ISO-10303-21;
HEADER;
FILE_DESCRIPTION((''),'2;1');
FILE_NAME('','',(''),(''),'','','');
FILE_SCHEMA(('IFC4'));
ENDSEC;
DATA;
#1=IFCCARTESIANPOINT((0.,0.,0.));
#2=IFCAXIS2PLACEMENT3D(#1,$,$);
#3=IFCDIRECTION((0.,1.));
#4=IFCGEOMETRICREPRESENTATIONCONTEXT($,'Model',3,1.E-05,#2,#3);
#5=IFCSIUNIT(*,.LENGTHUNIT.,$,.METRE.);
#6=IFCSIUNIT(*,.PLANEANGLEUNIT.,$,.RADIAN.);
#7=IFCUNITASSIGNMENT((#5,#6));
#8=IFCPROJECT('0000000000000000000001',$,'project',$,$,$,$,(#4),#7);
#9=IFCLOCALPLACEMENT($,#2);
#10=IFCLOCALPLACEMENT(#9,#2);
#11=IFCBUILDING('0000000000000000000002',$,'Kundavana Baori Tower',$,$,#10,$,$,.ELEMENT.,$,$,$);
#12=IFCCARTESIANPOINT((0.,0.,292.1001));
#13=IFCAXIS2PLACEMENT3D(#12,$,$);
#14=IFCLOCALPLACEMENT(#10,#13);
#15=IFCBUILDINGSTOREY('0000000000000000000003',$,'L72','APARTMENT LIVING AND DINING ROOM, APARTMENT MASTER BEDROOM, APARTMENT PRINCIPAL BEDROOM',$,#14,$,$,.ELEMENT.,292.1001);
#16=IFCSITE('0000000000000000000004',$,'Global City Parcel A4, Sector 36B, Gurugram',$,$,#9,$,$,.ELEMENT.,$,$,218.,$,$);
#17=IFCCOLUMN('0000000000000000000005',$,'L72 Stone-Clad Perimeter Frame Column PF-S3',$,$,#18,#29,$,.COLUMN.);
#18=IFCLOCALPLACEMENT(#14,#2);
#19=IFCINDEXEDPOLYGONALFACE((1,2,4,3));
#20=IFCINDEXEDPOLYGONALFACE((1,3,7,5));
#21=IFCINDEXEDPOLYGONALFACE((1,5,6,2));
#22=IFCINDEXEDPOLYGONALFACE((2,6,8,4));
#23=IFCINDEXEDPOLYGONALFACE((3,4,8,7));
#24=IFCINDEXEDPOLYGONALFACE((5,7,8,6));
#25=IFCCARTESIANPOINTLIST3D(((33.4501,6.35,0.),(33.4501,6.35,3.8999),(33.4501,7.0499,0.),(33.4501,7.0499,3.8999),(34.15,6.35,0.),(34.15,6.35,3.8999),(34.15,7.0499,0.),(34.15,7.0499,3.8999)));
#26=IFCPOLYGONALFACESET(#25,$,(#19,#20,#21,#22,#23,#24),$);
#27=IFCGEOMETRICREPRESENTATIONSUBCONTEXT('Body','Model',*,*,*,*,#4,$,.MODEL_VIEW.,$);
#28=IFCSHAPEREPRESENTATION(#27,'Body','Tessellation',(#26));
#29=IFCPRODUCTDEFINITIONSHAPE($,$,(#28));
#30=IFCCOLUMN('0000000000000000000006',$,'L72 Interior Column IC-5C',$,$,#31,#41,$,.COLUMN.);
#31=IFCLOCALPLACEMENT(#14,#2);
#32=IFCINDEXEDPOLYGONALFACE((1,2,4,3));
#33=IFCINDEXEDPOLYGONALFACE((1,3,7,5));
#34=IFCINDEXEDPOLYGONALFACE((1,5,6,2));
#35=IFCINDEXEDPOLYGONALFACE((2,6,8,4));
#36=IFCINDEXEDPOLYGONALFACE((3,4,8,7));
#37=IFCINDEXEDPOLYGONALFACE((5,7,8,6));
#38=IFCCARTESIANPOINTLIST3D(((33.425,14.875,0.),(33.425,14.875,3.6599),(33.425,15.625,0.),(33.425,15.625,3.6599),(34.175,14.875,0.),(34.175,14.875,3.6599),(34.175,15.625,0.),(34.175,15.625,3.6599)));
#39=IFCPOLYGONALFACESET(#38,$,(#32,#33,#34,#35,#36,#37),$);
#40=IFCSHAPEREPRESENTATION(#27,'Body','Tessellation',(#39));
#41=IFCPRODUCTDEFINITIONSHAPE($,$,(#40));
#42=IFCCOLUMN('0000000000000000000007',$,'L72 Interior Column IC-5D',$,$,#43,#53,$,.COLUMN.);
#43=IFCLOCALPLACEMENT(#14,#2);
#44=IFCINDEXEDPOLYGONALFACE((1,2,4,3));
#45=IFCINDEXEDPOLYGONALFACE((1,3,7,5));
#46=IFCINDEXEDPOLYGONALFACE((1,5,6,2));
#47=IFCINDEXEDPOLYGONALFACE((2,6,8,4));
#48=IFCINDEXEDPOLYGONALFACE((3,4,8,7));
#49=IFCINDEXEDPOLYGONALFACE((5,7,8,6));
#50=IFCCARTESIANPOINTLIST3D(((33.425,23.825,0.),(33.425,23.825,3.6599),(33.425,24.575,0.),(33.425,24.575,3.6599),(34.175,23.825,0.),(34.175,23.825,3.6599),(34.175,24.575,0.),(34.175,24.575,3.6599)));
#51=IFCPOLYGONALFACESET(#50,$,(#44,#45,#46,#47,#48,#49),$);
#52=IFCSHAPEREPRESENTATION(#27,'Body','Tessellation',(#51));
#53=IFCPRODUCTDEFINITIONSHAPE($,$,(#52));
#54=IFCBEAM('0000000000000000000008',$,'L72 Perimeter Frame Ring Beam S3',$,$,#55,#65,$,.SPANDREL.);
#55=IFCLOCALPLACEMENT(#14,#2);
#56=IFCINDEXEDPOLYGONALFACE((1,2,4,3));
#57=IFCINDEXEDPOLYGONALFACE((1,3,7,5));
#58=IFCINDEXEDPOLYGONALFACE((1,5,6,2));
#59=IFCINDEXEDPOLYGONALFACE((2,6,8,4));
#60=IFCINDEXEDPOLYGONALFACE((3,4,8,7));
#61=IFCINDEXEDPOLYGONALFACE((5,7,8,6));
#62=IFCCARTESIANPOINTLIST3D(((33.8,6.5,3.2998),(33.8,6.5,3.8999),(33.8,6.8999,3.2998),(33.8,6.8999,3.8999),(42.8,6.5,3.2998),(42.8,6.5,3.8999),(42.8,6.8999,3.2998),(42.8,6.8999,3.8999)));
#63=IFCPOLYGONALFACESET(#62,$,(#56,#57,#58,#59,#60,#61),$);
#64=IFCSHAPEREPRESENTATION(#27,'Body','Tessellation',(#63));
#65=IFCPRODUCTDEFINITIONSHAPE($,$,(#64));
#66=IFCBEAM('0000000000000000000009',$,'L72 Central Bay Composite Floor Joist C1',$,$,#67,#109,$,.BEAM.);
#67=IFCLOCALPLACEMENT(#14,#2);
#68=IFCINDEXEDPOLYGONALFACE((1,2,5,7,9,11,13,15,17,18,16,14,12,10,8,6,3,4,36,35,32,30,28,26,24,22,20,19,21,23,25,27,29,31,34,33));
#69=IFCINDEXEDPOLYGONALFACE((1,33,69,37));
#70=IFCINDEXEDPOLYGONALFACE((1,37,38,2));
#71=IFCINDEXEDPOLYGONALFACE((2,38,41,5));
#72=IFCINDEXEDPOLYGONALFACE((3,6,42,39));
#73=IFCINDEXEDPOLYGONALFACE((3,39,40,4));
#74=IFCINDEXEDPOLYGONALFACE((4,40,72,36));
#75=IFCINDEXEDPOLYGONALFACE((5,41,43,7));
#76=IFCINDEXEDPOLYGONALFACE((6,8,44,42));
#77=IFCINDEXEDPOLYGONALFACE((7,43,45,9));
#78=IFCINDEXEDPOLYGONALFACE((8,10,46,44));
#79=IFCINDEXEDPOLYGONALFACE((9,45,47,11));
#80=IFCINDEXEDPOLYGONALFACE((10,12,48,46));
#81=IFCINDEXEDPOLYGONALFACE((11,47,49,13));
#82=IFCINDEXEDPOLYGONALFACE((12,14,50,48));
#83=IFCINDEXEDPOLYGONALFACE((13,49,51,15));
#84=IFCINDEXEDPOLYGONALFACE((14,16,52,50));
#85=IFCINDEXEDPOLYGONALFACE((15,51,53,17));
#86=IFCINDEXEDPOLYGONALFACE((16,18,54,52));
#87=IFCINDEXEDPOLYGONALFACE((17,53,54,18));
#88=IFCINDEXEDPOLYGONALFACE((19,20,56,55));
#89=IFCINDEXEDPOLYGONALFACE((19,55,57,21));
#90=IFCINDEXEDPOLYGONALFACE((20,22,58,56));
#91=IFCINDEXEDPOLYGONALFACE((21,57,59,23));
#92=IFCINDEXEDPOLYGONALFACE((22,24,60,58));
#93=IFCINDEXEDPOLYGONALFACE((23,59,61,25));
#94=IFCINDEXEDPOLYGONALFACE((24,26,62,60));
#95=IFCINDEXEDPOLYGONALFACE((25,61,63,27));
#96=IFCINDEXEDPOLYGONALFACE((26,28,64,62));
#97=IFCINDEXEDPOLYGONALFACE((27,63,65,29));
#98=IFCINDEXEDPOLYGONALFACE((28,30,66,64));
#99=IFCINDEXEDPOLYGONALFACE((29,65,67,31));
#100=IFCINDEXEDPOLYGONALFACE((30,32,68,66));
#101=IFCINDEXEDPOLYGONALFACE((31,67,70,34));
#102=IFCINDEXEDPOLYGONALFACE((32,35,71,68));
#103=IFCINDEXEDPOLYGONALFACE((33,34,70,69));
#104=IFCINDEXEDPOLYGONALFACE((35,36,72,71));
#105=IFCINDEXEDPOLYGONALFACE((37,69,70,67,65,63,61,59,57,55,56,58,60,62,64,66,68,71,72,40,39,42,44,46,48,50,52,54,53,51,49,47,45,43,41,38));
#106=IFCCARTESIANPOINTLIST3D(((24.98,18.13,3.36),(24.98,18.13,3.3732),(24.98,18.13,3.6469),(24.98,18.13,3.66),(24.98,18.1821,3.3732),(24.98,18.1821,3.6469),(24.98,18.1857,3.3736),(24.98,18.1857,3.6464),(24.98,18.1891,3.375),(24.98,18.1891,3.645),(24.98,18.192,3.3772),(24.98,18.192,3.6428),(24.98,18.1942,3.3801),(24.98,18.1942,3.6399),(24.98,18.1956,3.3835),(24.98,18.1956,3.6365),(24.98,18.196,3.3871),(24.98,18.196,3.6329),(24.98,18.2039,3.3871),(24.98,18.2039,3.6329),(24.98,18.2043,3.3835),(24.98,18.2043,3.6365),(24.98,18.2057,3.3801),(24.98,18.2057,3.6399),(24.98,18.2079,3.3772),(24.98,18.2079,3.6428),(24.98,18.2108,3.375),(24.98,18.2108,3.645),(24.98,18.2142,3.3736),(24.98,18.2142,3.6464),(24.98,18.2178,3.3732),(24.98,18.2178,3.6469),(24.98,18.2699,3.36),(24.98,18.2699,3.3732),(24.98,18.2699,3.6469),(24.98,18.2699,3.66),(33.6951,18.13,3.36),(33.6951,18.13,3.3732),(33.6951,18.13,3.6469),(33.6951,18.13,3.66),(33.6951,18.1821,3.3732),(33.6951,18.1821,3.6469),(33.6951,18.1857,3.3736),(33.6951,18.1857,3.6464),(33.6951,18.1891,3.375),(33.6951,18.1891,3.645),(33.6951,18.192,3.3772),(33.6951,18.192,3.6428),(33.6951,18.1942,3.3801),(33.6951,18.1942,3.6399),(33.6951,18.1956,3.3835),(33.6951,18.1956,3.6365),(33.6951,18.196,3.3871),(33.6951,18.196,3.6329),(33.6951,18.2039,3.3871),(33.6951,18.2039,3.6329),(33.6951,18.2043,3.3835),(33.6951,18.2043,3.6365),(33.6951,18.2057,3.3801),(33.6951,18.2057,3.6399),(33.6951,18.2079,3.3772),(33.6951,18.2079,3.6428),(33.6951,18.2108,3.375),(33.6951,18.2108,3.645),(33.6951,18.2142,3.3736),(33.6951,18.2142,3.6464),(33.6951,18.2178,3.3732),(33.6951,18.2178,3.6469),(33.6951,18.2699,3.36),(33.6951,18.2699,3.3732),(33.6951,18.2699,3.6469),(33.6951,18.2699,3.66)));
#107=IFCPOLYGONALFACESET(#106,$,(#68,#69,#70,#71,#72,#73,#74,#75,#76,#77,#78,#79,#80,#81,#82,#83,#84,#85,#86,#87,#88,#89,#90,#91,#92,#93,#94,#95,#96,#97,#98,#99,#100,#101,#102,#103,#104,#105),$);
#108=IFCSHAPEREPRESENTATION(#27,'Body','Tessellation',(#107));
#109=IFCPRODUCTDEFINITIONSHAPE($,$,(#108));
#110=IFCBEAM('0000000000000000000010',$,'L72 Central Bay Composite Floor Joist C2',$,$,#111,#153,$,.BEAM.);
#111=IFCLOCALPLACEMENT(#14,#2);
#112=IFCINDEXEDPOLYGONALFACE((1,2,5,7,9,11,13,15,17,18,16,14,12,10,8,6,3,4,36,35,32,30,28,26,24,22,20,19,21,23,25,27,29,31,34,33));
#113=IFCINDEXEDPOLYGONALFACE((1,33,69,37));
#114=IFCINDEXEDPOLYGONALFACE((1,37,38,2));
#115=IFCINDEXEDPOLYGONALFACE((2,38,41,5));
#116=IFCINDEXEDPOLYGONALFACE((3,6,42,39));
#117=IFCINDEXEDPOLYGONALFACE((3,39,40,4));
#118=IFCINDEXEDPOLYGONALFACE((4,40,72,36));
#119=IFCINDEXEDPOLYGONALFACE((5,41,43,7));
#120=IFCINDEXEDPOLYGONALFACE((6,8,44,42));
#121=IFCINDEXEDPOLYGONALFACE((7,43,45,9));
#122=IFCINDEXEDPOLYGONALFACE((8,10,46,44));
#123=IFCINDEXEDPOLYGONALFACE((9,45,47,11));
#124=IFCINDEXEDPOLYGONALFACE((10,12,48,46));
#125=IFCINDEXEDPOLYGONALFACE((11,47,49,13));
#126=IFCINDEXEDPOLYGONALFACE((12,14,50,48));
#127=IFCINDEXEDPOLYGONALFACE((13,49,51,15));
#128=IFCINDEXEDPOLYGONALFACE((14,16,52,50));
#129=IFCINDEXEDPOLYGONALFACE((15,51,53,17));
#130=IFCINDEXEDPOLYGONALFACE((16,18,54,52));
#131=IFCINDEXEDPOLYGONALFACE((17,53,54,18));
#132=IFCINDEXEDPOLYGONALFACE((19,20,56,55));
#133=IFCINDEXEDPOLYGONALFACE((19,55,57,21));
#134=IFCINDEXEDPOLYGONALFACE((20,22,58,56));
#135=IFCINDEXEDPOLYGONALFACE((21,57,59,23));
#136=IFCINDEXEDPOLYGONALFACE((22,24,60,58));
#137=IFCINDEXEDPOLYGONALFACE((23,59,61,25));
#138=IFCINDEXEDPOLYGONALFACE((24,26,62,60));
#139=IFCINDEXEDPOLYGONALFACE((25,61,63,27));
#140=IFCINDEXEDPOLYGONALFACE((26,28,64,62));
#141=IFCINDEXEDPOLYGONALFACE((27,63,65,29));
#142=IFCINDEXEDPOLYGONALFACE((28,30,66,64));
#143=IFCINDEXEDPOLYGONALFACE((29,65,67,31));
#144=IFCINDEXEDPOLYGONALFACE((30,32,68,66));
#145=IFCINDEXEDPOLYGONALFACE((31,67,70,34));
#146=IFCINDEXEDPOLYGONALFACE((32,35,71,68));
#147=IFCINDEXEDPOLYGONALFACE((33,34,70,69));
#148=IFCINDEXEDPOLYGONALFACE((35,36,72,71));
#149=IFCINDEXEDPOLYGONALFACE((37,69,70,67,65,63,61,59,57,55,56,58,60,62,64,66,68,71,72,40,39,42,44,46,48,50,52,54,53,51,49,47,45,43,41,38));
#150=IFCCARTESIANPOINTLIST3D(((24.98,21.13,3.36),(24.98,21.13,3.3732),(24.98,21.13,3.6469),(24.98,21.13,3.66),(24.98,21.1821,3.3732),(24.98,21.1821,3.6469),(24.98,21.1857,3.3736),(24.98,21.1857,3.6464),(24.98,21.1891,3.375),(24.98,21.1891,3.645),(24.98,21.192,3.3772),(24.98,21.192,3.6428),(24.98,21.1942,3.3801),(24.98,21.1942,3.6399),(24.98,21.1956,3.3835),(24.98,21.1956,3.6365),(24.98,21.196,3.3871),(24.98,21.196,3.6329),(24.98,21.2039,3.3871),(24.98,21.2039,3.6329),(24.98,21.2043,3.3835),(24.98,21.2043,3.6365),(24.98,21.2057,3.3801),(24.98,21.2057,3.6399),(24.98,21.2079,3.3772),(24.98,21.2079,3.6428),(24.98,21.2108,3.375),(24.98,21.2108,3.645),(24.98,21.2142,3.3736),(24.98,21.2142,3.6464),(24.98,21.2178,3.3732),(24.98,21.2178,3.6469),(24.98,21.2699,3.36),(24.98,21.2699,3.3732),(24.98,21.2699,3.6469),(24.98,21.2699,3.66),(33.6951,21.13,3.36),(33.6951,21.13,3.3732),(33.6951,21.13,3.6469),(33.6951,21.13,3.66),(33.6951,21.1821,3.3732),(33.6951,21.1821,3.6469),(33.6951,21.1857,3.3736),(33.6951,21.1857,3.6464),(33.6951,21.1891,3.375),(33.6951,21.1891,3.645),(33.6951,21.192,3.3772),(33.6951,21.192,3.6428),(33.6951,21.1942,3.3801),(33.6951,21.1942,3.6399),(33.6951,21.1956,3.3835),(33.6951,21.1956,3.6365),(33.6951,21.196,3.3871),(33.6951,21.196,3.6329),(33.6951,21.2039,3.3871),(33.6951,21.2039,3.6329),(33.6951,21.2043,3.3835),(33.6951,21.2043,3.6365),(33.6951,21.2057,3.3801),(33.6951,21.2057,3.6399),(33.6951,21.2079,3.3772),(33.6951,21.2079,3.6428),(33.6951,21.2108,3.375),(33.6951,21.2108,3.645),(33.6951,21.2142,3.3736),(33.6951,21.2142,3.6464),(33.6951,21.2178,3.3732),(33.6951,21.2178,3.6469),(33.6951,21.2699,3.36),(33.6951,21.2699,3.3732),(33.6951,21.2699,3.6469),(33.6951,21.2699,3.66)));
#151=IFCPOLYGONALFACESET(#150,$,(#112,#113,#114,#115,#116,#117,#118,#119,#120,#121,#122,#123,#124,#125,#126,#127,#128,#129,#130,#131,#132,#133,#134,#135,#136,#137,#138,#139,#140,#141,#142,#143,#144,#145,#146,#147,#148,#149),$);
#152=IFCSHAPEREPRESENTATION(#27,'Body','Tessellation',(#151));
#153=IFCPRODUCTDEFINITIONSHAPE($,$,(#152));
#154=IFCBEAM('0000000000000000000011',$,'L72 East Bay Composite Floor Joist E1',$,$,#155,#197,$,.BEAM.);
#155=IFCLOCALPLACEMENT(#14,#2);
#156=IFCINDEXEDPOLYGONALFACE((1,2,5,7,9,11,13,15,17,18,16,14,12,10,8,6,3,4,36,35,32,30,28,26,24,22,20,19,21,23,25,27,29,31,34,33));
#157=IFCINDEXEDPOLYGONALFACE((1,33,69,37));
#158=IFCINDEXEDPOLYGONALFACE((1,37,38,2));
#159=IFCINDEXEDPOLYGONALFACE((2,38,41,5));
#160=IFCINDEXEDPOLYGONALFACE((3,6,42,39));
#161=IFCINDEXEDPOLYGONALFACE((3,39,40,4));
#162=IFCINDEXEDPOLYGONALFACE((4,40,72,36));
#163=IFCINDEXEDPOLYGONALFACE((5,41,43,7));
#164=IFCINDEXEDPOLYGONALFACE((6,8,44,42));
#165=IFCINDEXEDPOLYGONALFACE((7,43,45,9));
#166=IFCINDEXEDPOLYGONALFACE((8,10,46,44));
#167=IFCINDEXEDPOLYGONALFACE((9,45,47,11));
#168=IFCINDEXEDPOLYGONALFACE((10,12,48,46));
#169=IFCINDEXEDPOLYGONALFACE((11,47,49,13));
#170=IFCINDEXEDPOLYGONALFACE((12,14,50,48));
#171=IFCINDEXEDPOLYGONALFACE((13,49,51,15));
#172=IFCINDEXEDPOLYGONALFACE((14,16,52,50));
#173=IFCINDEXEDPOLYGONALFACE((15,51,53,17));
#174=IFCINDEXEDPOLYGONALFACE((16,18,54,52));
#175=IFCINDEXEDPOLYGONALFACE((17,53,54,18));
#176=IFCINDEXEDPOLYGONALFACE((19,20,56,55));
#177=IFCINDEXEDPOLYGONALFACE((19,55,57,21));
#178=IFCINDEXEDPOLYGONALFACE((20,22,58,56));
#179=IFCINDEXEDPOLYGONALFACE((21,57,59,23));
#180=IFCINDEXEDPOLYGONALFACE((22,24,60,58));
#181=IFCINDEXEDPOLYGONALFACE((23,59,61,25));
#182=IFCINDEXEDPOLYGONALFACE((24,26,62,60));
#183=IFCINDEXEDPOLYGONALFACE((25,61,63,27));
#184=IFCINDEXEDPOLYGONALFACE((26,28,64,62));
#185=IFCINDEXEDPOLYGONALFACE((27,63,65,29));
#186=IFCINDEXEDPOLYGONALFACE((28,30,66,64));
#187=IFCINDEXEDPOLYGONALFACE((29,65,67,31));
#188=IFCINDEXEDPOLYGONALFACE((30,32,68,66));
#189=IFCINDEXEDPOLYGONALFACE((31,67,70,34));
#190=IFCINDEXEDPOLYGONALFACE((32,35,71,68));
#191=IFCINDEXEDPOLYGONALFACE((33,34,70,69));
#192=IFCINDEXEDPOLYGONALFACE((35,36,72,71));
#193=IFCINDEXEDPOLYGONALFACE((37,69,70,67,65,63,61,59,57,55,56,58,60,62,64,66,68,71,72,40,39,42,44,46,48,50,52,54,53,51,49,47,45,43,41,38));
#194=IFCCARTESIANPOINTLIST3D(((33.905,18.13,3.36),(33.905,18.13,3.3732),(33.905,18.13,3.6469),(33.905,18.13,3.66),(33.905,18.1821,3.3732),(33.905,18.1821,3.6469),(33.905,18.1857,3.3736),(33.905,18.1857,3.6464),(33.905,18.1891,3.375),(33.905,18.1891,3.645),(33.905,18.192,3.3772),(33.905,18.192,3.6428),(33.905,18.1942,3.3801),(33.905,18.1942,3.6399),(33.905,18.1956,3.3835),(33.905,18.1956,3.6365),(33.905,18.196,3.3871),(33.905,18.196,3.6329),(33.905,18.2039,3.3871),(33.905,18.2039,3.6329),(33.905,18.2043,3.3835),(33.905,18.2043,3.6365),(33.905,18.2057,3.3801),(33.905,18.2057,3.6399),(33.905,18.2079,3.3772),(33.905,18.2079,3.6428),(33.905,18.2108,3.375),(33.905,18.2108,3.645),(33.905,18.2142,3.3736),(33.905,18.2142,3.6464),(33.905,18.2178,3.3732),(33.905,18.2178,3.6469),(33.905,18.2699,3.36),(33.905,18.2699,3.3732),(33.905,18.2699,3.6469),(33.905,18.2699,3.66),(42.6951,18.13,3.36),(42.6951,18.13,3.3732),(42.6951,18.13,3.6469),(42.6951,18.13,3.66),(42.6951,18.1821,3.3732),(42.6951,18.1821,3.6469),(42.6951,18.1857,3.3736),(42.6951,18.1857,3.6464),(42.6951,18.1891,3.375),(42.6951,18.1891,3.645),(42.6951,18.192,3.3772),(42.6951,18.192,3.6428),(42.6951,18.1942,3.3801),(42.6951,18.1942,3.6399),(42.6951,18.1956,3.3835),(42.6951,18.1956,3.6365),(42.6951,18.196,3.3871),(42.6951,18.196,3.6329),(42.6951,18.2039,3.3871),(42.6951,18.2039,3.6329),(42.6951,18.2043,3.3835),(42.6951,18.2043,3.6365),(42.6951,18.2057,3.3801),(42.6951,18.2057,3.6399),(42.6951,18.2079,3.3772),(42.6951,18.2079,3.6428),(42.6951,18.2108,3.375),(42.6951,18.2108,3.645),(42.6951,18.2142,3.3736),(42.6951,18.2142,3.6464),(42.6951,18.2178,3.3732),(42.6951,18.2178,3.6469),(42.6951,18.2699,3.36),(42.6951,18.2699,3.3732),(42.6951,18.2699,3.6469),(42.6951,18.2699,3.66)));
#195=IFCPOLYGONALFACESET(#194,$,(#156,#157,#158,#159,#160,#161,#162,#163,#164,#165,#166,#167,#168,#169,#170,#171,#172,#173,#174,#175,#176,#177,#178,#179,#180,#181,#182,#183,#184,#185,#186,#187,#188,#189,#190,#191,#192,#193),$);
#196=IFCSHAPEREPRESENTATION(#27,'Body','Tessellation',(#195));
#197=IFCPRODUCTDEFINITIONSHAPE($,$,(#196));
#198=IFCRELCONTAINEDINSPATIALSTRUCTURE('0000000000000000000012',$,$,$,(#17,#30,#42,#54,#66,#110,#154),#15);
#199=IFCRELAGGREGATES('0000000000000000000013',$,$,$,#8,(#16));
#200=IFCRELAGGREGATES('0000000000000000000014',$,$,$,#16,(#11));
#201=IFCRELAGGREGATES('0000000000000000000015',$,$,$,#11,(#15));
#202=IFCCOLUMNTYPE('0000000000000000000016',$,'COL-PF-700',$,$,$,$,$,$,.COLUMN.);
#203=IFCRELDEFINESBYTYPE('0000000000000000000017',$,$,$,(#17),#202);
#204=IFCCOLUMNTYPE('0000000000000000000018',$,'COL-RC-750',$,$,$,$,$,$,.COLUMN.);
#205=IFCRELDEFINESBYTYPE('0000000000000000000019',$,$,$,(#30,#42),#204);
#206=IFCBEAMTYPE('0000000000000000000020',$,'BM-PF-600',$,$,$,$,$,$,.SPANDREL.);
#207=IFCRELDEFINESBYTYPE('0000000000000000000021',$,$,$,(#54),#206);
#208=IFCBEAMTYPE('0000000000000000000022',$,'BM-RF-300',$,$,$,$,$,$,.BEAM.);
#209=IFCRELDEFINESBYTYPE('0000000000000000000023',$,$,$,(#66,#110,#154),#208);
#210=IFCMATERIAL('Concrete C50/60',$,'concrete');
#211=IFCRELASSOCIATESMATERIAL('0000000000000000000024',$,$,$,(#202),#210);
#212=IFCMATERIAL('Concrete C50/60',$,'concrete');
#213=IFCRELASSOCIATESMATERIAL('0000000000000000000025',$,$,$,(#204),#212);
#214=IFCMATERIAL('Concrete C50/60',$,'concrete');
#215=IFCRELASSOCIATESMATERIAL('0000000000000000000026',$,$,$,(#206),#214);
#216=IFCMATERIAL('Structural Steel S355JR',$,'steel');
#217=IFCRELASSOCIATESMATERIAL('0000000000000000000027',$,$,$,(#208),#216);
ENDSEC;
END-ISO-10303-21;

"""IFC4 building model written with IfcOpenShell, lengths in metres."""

from ifc_helpers import new_model, si_unit, direction, frame, origin, origin_2d, place, context, subcontext, project, spatial, rectangle, i_section, extrude, material, material_profile, profile_set, type_object, element, save


model = new_model("IFC4")

# Units and contexts
model_context = context("Model", 3, precision=1e-05, world=origin(), true_north=direction((0.0, 1.0)))
body_context = subcontext(model_context, "Body", "Model", "MODEL_VIEW")
ifc_project = project(units=[si_unit("LENGTHUNIT", "METRE"), si_unit("PLANEANGLEUNIT", "RADIAN")], contexts=[model_context])

# Site, building, storey
site_placement = place(None, origin())
site = spatial("IfcSite", under=ifc_project, at=site_placement, Name="Global City Parcel A4, Sector 36B, Gurugram", CompositionType="ELEMENT", RefElevation=218.0)
building_placement = place(site_placement, origin())
building = spatial("IfcBuilding", under=site, at=building_placement, Name="Kundavana Baori Tower", CompositionType="ELEMENT")
storey_placement = place(building_placement, frame((0.0, 0.0, 292.1001)))
storey = spatial("IfcBuildingStorey", under=building, at=storey_placement, Name="L72", Description="APARTMENT LIVING AND DINING ROOM, APARTMENT MASTER BEDROOM, APARTMENT PRINCIPAL BEDROOM", CompositionType="ELEMENT", Elevation=292.1001)

# Columns
ifc_material_1 = material(Name="Concrete C50/60", Category="concrete")
ifc_material_profile_1 = material_profile(ifc_material_1, rectangle(XDim=0.7, YDim=0.7, at=origin_2d()), Name="RC PF 700x700")
ifc_profile_set_1 = profile_set([ifc_material_profile_1], Name="Concrete C50/60")
column_type_1 = type_object("IfcColumnType", Name="COL-PF-700", PredefinedType="COLUMN", material=ifc_profile_set_1)
column_placement = place(storey_placement, frame((33.8, 6.7, 0.0), z_axis=(0.0, 0.0, 1.0), x_axis=(1.0, 0.0, 0.0)))
element("IfcColumn", 1, at=column_placement, inside=storey, type_object=column_type_1, Name="L72 Stone-Clad Perimeter Frame Column PF-S3", PredefinedType="COLUMN", context=body_context, shape_type="SweptSolid", body=[
    extrude(rectangle(XDim=0.7, YDim=0.7, at=origin_2d()), origin(), (0.0, 0.0, 1.0), 3.8999),
])
ifc_material_2 = material(Name="Concrete C50/60", Category="concrete")
ifc_material_profile_2 = material_profile(ifc_material_2, rectangle(XDim=0.75, YDim=0.75, at=origin_2d()), Name="RC 750x750")
ifc_profile_set_2 = profile_set([ifc_material_profile_2], Name="Concrete C50/60")
column_type_2 = type_object("IfcColumnType", Name="COL-RC-750", PredefinedType="COLUMN", material=ifc_profile_set_2)
for number, where, z_axis, x_axis, name in (
    (2, (33.8, 15.25, 0.0), (0.0, 0.0, 1.0), (1.0, 0.0, 0.0), "L72 Interior Column IC-5C"),
    (3, (33.8, 24.2, 0.0), (0.0, 0.0, 1.0), (1.0, 0.0, 0.0), "L72 Interior Column IC-5D"),
):
    element("IfcColumn", number, at=place(storey_placement, frame(where, z_axis=z_axis, x_axis=x_axis)), inside=storey, type_object=column_type_2, Name=name, PredefinedType="COLUMN", context=body_context, shape_type="SweptSolid", body=[
        extrude(rectangle(XDim=0.75, YDim=0.75, at=origin_2d()), origin(), (0.0, 0.0, 1.0), 3.6599),
    ])

# Beams
ifc_material_3 = material(Name="Concrete C50/60", Category="concrete")
ifc_material_profile_3 = material_profile(ifc_material_3, rectangle(XDim=0.3999, YDim=0.6001, at=origin_2d()), Name="RC BM 400x600")
ifc_profile_set_3 = profile_set([ifc_material_profile_3], Name="Concrete C50/60")
beam_type_1 = type_object("IfcBeamType", Name="BM-PF-600", PredefinedType="SPANDREL", material=ifc_profile_set_3)
beam_1_placement = place(storey_placement, frame((33.8, 6.7, 3.5999), z_axis=(1.0, 0.0, 0.0), x_axis=(0.0, 1.0, 0.0)))
element("IfcBeam", 4, at=beam_1_placement, inside=storey, type_object=beam_type_1, Name="L72 Perimeter Frame Ring Beam S3", PredefinedType="SPANDREL", context=body_context, shape_type="SweptSolid", body=[
    extrude(rectangle(XDim=0.3999, YDim=0.6001, at=origin_2d()), origin(), (0.0, 0.0, 1.0), 9.0),
])
ifc_material_4 = material(Name="Structural Steel S355JR", Category="steel")
ifc_material_profile_4 = material_profile(ifc_material_4, i_section(OverallWidth=0.1399, OverallDepth=0.3, WebThickness=0.0078, FlangeThickness=0.0132, FilletRadius=0.0139, at=origin_2d()), Name="ISMB 300")
ifc_profile_set_4 = profile_set([ifc_material_profile_4], Name="Structural Steel S355JR")
beam_type_2 = type_object("IfcBeamType", Name="BM-RF-300", PredefinedType="BEAM", material=ifc_profile_set_4)
for number, where, z_axis, x_axis, name in (
    (5, (24.98, 18.2, 3.51), (1.0, 0.0, 0.0), (0.0, 1.0, 0.0), "L72 Central Bay Composite Floor Joist C1"),
    (6, (24.98, 21.2, 3.51), (1.0, 0.0, 0.0), (0.0, 1.0, 0.0), "L72 Central Bay Composite Floor Joist C2"),
):
    element("IfcBeam", number, at=place(storey_placement, frame(where, z_axis=z_axis, x_axis=x_axis)), inside=storey, type_object=beam_type_2, Name=name, PredefinedType="BEAM", context=body_context, shape_type="SweptSolid", body=[
        extrude(i_section(OverallWidth=0.1399, OverallDepth=0.3, WebThickness=0.0078, FlangeThickness=0.0132, FilletRadius=0.0139, at=origin_2d()), origin(), (0.0, 0.0, 1.0), 8.7151),
    ])
for number, where, z_axis, x_axis, name in (
    (7, (33.905, 18.2, 3.51), (1.0, 0.0, 0.0), (0.0, 1.0, 0.0), "L72 East Bay Composite Floor Joist E1"),
):
    element("IfcBeam", number, at=place(storey_placement, frame(where, z_axis=z_axis, x_axis=x_axis)), inside=storey, type_object=beam_type_2, Name=name, PredefinedType="BEAM", context=body_context, shape_type="SweptSolid", body=[
        extrude(i_section(OverallWidth=0.1399, OverallDepth=0.3, WebThickness=0.0078, FlangeThickness=0.0132, FilletRadius=0.0139, at=origin_2d()), origin(), (0.0, 0.0, 1.0), 8.79),
    ])

save(model, "model.ifc")
